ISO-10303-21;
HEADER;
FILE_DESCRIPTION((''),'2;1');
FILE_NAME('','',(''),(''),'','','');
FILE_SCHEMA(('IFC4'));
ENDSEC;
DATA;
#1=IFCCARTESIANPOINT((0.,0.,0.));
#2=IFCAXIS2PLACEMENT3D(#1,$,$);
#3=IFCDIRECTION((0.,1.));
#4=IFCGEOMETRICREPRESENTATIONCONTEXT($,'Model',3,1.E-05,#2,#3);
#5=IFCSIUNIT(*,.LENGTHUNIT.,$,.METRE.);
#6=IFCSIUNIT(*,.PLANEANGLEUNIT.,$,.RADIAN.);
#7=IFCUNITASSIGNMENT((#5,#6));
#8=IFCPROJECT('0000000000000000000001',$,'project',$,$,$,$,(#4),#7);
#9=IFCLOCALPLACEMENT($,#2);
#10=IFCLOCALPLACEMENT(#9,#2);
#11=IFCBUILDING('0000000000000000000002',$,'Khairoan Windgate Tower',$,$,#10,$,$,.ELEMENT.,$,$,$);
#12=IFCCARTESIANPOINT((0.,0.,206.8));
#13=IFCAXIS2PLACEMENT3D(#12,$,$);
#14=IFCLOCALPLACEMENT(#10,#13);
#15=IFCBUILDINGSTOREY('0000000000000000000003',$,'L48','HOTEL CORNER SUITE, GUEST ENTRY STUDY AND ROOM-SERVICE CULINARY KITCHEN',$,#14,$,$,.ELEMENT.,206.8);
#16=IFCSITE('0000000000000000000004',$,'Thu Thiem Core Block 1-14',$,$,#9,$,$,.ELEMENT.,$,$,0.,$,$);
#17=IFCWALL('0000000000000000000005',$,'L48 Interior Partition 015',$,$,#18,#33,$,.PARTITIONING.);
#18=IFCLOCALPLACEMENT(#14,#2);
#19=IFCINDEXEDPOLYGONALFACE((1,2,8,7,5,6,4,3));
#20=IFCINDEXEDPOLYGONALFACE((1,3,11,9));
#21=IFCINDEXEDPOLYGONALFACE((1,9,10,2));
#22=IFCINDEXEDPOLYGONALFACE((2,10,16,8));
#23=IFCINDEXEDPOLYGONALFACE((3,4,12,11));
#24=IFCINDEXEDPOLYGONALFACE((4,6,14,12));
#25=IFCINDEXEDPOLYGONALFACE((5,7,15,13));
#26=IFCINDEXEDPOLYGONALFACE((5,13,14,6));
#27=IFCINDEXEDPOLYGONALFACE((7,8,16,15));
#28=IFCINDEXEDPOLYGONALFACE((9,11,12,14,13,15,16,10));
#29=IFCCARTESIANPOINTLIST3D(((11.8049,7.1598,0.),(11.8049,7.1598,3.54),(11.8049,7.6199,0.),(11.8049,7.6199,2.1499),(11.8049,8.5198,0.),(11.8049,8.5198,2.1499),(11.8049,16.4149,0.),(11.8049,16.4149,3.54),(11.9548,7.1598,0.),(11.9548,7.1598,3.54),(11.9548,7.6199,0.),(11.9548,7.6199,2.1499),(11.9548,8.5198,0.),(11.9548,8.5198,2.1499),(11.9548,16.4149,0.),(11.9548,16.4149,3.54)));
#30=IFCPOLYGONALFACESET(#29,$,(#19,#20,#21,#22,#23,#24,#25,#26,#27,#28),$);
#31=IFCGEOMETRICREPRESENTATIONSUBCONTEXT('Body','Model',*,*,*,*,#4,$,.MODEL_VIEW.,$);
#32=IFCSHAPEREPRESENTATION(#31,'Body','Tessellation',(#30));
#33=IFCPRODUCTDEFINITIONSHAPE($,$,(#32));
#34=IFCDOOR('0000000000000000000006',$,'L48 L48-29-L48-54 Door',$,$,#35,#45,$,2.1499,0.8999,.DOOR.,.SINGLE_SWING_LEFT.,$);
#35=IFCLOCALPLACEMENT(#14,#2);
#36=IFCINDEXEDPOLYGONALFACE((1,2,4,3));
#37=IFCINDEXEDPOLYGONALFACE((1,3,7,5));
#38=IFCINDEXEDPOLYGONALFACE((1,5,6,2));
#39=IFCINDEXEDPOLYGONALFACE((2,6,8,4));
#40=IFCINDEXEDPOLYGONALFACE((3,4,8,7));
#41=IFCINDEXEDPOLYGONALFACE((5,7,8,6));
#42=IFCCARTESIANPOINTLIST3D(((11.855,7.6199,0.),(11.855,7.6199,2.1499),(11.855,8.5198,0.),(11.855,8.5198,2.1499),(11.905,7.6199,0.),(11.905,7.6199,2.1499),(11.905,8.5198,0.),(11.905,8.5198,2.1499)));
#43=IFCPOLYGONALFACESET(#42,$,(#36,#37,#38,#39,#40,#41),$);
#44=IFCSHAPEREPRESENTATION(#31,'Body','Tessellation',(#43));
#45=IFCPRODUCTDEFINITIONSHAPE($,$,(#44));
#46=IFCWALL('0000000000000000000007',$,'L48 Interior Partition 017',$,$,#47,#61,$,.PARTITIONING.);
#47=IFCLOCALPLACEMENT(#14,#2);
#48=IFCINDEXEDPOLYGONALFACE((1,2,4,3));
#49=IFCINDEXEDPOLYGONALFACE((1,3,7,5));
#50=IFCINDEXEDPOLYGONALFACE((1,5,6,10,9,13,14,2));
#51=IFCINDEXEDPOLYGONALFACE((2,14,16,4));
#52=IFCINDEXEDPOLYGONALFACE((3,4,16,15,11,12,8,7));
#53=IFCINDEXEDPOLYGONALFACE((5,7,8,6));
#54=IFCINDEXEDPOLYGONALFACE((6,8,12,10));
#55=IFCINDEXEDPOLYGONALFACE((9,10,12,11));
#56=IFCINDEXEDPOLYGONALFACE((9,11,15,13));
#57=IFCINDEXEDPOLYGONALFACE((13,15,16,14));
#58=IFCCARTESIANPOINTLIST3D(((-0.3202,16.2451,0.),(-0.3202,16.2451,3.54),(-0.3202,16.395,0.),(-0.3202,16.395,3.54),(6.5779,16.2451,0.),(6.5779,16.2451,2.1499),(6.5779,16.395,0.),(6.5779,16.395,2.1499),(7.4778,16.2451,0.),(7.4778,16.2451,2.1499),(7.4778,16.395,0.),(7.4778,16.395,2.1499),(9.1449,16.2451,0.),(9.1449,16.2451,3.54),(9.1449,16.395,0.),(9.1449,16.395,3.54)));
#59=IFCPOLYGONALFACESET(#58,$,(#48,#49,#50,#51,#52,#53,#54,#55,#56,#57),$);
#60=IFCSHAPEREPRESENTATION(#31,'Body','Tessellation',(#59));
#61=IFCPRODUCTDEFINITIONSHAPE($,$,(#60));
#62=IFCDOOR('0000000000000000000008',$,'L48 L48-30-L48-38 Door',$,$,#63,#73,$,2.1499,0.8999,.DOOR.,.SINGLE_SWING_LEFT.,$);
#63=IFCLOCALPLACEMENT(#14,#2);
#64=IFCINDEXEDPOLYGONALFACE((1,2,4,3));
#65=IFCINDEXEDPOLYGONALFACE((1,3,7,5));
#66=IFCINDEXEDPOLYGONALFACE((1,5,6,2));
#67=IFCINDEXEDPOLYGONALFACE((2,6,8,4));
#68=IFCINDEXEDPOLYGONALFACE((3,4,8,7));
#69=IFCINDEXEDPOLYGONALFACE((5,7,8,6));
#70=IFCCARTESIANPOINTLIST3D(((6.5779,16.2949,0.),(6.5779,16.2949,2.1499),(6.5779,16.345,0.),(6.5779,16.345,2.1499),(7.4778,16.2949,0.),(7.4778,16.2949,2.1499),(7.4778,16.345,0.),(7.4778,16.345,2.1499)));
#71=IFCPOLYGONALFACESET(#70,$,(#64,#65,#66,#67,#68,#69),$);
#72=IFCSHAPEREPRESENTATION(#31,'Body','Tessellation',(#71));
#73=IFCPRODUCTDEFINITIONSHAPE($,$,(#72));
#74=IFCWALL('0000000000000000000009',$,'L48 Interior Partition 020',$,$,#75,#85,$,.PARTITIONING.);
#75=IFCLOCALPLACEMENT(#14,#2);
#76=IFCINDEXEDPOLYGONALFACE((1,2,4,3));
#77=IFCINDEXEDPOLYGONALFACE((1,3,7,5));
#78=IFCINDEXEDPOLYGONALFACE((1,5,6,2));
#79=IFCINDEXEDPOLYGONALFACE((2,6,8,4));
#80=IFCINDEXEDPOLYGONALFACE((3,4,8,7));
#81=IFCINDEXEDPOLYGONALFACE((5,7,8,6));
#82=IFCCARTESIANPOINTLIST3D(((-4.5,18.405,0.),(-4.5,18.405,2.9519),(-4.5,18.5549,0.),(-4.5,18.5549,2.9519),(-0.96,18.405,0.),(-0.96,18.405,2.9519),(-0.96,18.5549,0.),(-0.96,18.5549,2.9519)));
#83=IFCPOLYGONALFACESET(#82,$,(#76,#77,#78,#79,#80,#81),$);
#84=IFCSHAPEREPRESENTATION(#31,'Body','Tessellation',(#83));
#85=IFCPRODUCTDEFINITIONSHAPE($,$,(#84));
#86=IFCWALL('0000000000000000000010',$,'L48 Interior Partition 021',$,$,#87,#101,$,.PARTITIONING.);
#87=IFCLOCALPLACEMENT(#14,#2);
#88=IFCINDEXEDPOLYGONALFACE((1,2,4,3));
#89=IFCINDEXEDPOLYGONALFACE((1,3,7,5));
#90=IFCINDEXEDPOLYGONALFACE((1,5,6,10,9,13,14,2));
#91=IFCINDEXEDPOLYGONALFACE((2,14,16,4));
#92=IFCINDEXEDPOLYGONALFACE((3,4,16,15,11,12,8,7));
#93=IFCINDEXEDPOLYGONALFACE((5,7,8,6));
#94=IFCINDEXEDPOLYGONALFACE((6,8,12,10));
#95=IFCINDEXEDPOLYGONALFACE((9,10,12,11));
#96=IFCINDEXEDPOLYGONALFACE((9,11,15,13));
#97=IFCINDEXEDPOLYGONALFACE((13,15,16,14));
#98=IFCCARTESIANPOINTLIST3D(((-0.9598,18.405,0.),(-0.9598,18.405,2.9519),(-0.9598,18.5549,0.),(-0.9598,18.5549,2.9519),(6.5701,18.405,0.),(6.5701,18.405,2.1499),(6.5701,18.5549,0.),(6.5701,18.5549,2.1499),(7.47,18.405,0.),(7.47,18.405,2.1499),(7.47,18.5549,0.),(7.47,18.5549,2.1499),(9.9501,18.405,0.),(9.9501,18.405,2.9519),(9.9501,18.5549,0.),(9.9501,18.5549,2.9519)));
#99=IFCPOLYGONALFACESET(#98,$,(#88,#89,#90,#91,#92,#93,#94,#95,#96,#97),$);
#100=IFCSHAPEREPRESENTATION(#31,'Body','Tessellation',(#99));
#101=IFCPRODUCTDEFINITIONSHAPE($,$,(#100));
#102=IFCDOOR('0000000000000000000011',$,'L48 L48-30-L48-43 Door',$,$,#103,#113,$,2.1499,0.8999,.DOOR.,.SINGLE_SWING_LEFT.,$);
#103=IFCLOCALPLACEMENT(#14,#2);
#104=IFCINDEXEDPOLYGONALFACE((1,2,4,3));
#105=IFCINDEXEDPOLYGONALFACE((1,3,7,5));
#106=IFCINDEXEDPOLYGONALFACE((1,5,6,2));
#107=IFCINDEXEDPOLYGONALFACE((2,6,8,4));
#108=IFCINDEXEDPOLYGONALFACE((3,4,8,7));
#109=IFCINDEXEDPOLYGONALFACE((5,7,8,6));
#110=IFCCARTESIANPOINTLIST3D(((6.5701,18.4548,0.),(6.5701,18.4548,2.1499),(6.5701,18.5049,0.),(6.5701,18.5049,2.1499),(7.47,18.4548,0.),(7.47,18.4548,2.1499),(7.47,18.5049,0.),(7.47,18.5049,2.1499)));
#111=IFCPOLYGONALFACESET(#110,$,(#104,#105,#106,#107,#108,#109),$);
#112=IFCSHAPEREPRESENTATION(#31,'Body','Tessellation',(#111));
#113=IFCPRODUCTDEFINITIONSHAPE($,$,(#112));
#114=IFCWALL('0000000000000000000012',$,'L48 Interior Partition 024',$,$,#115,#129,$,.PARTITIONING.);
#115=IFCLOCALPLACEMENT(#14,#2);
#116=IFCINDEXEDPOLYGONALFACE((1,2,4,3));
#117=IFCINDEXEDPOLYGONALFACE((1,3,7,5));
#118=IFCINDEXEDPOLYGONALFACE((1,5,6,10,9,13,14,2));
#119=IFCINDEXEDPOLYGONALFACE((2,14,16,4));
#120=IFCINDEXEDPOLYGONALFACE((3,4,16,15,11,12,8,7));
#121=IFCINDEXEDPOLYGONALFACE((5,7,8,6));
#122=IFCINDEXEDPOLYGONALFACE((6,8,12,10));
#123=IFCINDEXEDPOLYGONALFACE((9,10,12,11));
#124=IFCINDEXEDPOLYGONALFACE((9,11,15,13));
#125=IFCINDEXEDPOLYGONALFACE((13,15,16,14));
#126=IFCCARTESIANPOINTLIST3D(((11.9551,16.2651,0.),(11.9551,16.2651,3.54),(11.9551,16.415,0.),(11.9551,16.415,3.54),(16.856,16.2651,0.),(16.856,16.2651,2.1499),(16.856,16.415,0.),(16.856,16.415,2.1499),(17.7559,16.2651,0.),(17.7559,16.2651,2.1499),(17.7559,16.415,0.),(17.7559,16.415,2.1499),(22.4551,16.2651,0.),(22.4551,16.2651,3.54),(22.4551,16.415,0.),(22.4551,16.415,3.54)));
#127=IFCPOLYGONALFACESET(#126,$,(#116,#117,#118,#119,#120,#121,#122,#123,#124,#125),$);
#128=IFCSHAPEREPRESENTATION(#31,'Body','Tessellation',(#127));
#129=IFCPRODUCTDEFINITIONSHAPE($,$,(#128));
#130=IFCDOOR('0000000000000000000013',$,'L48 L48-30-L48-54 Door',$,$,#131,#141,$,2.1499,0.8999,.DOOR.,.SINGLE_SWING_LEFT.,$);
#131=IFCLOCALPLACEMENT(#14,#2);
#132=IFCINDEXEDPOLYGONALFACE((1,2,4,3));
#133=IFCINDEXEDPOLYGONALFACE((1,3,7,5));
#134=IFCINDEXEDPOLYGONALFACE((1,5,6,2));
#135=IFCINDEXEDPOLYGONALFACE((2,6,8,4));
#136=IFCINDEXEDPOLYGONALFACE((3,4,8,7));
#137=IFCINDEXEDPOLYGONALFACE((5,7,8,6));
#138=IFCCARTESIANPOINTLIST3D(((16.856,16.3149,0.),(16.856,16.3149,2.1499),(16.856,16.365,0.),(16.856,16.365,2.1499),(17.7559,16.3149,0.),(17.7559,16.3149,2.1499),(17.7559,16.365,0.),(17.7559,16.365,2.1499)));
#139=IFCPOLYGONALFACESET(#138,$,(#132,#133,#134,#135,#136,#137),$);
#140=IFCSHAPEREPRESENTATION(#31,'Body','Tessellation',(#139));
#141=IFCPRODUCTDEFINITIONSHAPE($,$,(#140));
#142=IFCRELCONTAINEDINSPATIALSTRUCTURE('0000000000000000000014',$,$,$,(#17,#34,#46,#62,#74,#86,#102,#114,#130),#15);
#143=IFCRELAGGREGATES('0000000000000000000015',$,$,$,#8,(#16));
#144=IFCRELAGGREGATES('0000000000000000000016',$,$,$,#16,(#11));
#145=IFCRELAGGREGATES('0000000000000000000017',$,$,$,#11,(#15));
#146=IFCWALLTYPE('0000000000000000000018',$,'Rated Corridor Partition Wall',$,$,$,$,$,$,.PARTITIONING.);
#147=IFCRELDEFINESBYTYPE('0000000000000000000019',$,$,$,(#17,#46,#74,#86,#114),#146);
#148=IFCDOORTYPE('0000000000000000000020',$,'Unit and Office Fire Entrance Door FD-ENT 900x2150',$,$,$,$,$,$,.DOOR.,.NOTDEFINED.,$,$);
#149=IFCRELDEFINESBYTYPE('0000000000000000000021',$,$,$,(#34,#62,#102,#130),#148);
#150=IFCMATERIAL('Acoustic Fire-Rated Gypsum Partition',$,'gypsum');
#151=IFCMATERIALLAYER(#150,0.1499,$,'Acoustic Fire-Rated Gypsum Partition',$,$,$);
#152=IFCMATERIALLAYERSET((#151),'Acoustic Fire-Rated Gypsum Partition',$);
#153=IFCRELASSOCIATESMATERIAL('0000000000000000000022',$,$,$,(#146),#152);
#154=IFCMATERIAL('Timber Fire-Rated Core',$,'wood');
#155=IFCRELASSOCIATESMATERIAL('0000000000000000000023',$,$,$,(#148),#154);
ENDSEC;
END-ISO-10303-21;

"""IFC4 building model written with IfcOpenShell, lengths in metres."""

from ifc_helpers import new_model, si_unit, direction, frame, frame_2d, origin, place, context, subcontext, project, spatial, rectangle, extrude, material, layer, layer_set, type_object, element, fill, save


model = new_model("IFC4")

# Units and contexts
model_context = context("Model", 3, precision=1e-05, world=origin(), true_north=direction((0.0, 1.0)))
body_context = subcontext(model_context, "Body", "Model", "MODEL_VIEW")
ifc_project = project(units=[si_unit("LENGTHUNIT", "METRE"), si_unit("PLANEANGLEUNIT", "RADIAN")], contexts=[model_context])

# Site, building, storey
site_placement = place(None, origin())
site = spatial("IfcSite", under=ifc_project, at=site_placement, Name="Thu Thiem Core Block 1-14", CompositionType="ELEMENT", RefElevation=0.0)
building_placement = place(site_placement, origin())
building = spatial("IfcBuilding", under=site, at=building_placement, Name="Khairoan Windgate Tower", CompositionType="ELEMENT")
storey_placement = place(building_placement, frame((0.0, 0.0, 206.8)))
storey = spatial("IfcBuildingStorey", under=building, at=storey_placement, Name="L48", Description="HOTEL CORNER SUITE, GUEST ENTRY STUDY AND ROOM-SERVICE CULINARY KITCHEN", CompositionType="ELEMENT", Elevation=206.8)

# Walls, openings, doors
ifc_material_1 = material(Name="Acoustic Fire-Rated Gypsum Partition", Category="gypsum")
ifc_layer_1 = layer(ifc_material_1, 0.1499, Name="Acoustic Fire-Rated Gypsum Partition")
ifc_layer_set_1 = layer_set([ifc_layer_1], Name="Acoustic Fire-Rated Gypsum Partition")
wall_type_1 = type_object("IfcWallType", Name="Rated Corridor Partition Wall", PredefinedType="PARTITIONING", material=ifc_layer_set_1)
ifc_material_2 = material(Name="Timber Fire-Rated Core", Category="wood")
door_type = type_object("IfcDoorType", Name="Unit and Office Fire Entrance Door FD-ENT 900x2150", OperationType="NOTDEFINED", PredefinedType="DOOR", material=ifc_material_2)
wall_1_placement = place(storey_placement, frame((11.8799, 7.1599, 0.0), z_axis=(0.0, 0.0, 1.0), x_axis=(0.0, 1.0, 0.0)))
wall_1 = element("IfcWall", 1, at=wall_1_placement, inside=storey, type_object=wall_type_1, Name="L48 Interior Partition 015", PredefinedType="PARTITIONING", context=body_context, shape_type="SweptSolid", body=[
    extrude(rectangle(XDim=9.2551, YDim=0.1499, at=frame_2d((4.6274, 0.0))), origin(), (0.0, 0.0, 1.0), 3.54),
])
opening_1_placement = place(wall_1_placement, frame((0.46, 0.0, 0.0)))
opening_1 = element("IfcOpeningElement", 2, at=opening_1_placement, cuts=wall_1, PredefinedType="OPENING", context=body_context, shape_type="SweptSolid", body=[
    extrude(rectangle(XDim=0.8999, YDim=2.1499, at=frame_2d((0.45, 1.075))), frame((0.0, 0.085, 0.0), z_axis=(0.0, -1.0, 0.0), x_axis=(1.0, 0.0, 0.0)), (0.0, 0.0, 1.0), 0.1699),
])
door_1_placement = place(opening_1_placement, origin())
door_1 = element("IfcDoor", 3, at=door_1_placement, inside=storey, type_object=door_type, Name="L48 L48-29-L48-54 Door", OperationType="SINGLE_SWING_LEFT", OverallHeight=2.1499, OverallWidth=0.8999, PredefinedType="DOOR", context=body_context, shape_type="SweptSolid", body=[
    extrude(rectangle(XDim=0.8999, YDim=2.1499, at=frame_2d((0.45, 1.075))), frame((0.0, 0.0249, 0.0), z_axis=(0.0, -1.0, 0.0), x_axis=(1.0, 0.0, 0.0)), (0.0, 0.0, 1.0), 0.05),
])
fill(opening_1, door_1)
wall_2_placement = place(storey_placement, frame((-0.3201, 16.3201, 0.0), z_axis=(0.0, 0.0, 1.0), x_axis=(1.0, 0.0, 0.0)))
wall_2 = element("IfcWall", 4, at=wall_2_placement, inside=storey, type_object=wall_type_1, Name="L48 Interior Partition 017", PredefinedType="PARTITIONING", context=body_context, shape_type="SweptSolid", body=[
    extrude(rectangle(XDim=9.4651, YDim=0.1499, at=frame_2d((4.7324, 0.0))), origin(), (0.0, 0.0, 1.0), 3.54),
])
opening_2_placement = place(wall_2_placement, frame((6.8979, 0.0, 0.0)))
opening_2 = element("IfcOpeningElement", 5, at=opening_2_placement, cuts=wall_2, PredefinedType="OPENING", context=body_context, shape_type="SweptSolid", body=[
    extrude(rectangle(XDim=0.8999, YDim=2.1499, at=frame_2d((0.45, 1.075))), frame((0.0, 0.085, 0.0), z_axis=(0.0, -1.0, 0.0), x_axis=(1.0, 0.0, 0.0)), (0.0, 0.0, 1.0), 0.1699),
])
door_2_placement = place(opening_2_placement, origin())
door_2 = element("IfcDoor", 6, at=door_2_placement, inside=storey, type_object=door_type, Name="L48 L48-30-L48-38 Door", OperationType="SINGLE_SWING_LEFT", OverallHeight=2.1499, OverallWidth=0.8999, PredefinedType="DOOR", context=body_context, shape_type="SweptSolid", body=[
    extrude(rectangle(XDim=0.8999, YDim=2.1499, at=frame_2d((0.45, 1.075))), frame((0.0, 0.0249, 0.0), z_axis=(0.0, -1.0, 0.0), x_axis=(1.0, 0.0, 0.0)), (0.0, 0.0, 1.0), 0.05),
])
fill(opening_2, door_2)

# Wall
wall_3_placement = place(storey_placement, frame((-4.5, 18.48, 0.0), z_axis=(0.0, 0.0, 1.0), x_axis=(1.0, 0.0, 0.0)))
element("IfcWall", 7, at=wall_3_placement, inside=storey, type_object=wall_type_1, Name="L48 Interior Partition 020", PredefinedType="PARTITIONING", context=body_context, shape_type="SweptSolid", body=[
    extrude(rectangle(XDim=3.54, YDim=0.1499, at=frame_2d((1.77, 0.0))), origin(), (0.0, 0.0, 1.0), 2.9519),
])

# Walls, openings, doors
wall_4_placement = place(storey_placement, frame((-0.96, 18.48, 0.0), z_axis=(0.0, 0.0, 1.0), x_axis=(1.0, 0.0, 0.0)))
wall_4 = element("IfcWall", 8, at=wall_4_placement, inside=storey, type_object=wall_type_1, Name="L48 Interior Partition 021", PredefinedType="PARTITIONING", context=body_context, shape_type="SweptSolid", body=[
    extrude(rectangle(XDim=10.9099, YDim=0.1499, at=frame_2d((5.4551, 0.0))), origin(), (0.0, 0.0, 1.0), 2.9519),
])
opening_3_placement = place(wall_4_placement, frame((7.53, 0.0, 0.0)))
opening_3 = element("IfcOpeningElement", 9, at=opening_3_placement, cuts=wall_4, PredefinedType="OPENING", context=body_context, shape_type="SweptSolid", body=[
    extrude(rectangle(XDim=0.8999, YDim=2.1499, at=frame_2d((0.45, 1.075))), frame((0.0, 0.085, 0.0), z_axis=(0.0, -1.0, 0.0), x_axis=(1.0, 0.0, 0.0)), (0.0, 0.0, 1.0), 0.1699),
])
door_3_placement = place(opening_3_placement, origin())
door_3 = element("IfcDoor", 10, at=door_3_placement, inside=storey, type_object=door_type, Name="L48 L48-30-L48-43 Door", OperationType="SINGLE_SWING_LEFT", OverallHeight=2.1499, OverallWidth=0.8999, PredefinedType="DOOR", context=body_context, shape_type="SweptSolid", body=[
    extrude(rectangle(XDim=0.8999, YDim=2.1499, at=frame_2d((0.45, 1.075))), frame((0.0, 0.0249, 0.0), z_axis=(0.0, -1.0, 0.0), x_axis=(1.0, 0.0, 0.0)), (0.0, 0.0, 1.0), 0.05),
])
fill(opening_3, door_3)
wall_5_placement = place(storey_placement, frame((11.9551, 16.3401, 0.0), z_axis=(0.0, 0.0, 1.0), x_axis=(1.0, 0.0, 0.0)))
wall_5 = element("IfcWall", 11, at=wall_5_placement, inside=storey, type_object=wall_type_1, Name="L48 Interior Partition 024", PredefinedType="PARTITIONING", context=body_context, shape_type="SweptSolid", body=[
    extrude(rectangle(XDim=10.5, YDim=0.1499, at=frame_2d((5.25, 0.0))), origin(), (0.0, 0.0, 1.0), 3.54),
])
opening_4_placement = place(wall_5_placement, frame((4.9009, 0.0, 0.0)))
opening_4 = element("IfcOpeningElement", 12, at=opening_4_placement, cuts=wall_5, PredefinedType="OPENING", context=body_context, shape_type="SweptSolid", body=[
    extrude(rectangle(XDim=0.8999, YDim=2.1499, at=frame_2d((0.45, 1.075))), frame((0.0, 0.085, 0.0), z_axis=(0.0, -1.0, 0.0), x_axis=(1.0, 0.0, 0.0)), (0.0, 0.0, 1.0), 0.1699),
])
door_4_placement = place(opening_4_placement, origin())
door_4 = element("IfcDoor", 13, at=door_4_placement, inside=storey, type_object=door_type, Name="L48 L48-30-L48-54 Door", OperationType="SINGLE_SWING_LEFT", OverallHeight=2.1499, OverallWidth=0.8999, PredefinedType="DOOR", context=body_context, shape_type="SweptSolid", body=[
    extrude(rectangle(XDim=0.8999, YDim=2.1499, at=frame_2d((0.45, 1.075))), frame((0.0, 0.0249, 0.0), z_axis=(0.0, -1.0, 0.0), x_axis=(1.0, 0.0, 0.0)), (0.0, 0.0, 1.0), 0.05),
])
fill(opening_4, door_4)

save(model, "model.ifc")
